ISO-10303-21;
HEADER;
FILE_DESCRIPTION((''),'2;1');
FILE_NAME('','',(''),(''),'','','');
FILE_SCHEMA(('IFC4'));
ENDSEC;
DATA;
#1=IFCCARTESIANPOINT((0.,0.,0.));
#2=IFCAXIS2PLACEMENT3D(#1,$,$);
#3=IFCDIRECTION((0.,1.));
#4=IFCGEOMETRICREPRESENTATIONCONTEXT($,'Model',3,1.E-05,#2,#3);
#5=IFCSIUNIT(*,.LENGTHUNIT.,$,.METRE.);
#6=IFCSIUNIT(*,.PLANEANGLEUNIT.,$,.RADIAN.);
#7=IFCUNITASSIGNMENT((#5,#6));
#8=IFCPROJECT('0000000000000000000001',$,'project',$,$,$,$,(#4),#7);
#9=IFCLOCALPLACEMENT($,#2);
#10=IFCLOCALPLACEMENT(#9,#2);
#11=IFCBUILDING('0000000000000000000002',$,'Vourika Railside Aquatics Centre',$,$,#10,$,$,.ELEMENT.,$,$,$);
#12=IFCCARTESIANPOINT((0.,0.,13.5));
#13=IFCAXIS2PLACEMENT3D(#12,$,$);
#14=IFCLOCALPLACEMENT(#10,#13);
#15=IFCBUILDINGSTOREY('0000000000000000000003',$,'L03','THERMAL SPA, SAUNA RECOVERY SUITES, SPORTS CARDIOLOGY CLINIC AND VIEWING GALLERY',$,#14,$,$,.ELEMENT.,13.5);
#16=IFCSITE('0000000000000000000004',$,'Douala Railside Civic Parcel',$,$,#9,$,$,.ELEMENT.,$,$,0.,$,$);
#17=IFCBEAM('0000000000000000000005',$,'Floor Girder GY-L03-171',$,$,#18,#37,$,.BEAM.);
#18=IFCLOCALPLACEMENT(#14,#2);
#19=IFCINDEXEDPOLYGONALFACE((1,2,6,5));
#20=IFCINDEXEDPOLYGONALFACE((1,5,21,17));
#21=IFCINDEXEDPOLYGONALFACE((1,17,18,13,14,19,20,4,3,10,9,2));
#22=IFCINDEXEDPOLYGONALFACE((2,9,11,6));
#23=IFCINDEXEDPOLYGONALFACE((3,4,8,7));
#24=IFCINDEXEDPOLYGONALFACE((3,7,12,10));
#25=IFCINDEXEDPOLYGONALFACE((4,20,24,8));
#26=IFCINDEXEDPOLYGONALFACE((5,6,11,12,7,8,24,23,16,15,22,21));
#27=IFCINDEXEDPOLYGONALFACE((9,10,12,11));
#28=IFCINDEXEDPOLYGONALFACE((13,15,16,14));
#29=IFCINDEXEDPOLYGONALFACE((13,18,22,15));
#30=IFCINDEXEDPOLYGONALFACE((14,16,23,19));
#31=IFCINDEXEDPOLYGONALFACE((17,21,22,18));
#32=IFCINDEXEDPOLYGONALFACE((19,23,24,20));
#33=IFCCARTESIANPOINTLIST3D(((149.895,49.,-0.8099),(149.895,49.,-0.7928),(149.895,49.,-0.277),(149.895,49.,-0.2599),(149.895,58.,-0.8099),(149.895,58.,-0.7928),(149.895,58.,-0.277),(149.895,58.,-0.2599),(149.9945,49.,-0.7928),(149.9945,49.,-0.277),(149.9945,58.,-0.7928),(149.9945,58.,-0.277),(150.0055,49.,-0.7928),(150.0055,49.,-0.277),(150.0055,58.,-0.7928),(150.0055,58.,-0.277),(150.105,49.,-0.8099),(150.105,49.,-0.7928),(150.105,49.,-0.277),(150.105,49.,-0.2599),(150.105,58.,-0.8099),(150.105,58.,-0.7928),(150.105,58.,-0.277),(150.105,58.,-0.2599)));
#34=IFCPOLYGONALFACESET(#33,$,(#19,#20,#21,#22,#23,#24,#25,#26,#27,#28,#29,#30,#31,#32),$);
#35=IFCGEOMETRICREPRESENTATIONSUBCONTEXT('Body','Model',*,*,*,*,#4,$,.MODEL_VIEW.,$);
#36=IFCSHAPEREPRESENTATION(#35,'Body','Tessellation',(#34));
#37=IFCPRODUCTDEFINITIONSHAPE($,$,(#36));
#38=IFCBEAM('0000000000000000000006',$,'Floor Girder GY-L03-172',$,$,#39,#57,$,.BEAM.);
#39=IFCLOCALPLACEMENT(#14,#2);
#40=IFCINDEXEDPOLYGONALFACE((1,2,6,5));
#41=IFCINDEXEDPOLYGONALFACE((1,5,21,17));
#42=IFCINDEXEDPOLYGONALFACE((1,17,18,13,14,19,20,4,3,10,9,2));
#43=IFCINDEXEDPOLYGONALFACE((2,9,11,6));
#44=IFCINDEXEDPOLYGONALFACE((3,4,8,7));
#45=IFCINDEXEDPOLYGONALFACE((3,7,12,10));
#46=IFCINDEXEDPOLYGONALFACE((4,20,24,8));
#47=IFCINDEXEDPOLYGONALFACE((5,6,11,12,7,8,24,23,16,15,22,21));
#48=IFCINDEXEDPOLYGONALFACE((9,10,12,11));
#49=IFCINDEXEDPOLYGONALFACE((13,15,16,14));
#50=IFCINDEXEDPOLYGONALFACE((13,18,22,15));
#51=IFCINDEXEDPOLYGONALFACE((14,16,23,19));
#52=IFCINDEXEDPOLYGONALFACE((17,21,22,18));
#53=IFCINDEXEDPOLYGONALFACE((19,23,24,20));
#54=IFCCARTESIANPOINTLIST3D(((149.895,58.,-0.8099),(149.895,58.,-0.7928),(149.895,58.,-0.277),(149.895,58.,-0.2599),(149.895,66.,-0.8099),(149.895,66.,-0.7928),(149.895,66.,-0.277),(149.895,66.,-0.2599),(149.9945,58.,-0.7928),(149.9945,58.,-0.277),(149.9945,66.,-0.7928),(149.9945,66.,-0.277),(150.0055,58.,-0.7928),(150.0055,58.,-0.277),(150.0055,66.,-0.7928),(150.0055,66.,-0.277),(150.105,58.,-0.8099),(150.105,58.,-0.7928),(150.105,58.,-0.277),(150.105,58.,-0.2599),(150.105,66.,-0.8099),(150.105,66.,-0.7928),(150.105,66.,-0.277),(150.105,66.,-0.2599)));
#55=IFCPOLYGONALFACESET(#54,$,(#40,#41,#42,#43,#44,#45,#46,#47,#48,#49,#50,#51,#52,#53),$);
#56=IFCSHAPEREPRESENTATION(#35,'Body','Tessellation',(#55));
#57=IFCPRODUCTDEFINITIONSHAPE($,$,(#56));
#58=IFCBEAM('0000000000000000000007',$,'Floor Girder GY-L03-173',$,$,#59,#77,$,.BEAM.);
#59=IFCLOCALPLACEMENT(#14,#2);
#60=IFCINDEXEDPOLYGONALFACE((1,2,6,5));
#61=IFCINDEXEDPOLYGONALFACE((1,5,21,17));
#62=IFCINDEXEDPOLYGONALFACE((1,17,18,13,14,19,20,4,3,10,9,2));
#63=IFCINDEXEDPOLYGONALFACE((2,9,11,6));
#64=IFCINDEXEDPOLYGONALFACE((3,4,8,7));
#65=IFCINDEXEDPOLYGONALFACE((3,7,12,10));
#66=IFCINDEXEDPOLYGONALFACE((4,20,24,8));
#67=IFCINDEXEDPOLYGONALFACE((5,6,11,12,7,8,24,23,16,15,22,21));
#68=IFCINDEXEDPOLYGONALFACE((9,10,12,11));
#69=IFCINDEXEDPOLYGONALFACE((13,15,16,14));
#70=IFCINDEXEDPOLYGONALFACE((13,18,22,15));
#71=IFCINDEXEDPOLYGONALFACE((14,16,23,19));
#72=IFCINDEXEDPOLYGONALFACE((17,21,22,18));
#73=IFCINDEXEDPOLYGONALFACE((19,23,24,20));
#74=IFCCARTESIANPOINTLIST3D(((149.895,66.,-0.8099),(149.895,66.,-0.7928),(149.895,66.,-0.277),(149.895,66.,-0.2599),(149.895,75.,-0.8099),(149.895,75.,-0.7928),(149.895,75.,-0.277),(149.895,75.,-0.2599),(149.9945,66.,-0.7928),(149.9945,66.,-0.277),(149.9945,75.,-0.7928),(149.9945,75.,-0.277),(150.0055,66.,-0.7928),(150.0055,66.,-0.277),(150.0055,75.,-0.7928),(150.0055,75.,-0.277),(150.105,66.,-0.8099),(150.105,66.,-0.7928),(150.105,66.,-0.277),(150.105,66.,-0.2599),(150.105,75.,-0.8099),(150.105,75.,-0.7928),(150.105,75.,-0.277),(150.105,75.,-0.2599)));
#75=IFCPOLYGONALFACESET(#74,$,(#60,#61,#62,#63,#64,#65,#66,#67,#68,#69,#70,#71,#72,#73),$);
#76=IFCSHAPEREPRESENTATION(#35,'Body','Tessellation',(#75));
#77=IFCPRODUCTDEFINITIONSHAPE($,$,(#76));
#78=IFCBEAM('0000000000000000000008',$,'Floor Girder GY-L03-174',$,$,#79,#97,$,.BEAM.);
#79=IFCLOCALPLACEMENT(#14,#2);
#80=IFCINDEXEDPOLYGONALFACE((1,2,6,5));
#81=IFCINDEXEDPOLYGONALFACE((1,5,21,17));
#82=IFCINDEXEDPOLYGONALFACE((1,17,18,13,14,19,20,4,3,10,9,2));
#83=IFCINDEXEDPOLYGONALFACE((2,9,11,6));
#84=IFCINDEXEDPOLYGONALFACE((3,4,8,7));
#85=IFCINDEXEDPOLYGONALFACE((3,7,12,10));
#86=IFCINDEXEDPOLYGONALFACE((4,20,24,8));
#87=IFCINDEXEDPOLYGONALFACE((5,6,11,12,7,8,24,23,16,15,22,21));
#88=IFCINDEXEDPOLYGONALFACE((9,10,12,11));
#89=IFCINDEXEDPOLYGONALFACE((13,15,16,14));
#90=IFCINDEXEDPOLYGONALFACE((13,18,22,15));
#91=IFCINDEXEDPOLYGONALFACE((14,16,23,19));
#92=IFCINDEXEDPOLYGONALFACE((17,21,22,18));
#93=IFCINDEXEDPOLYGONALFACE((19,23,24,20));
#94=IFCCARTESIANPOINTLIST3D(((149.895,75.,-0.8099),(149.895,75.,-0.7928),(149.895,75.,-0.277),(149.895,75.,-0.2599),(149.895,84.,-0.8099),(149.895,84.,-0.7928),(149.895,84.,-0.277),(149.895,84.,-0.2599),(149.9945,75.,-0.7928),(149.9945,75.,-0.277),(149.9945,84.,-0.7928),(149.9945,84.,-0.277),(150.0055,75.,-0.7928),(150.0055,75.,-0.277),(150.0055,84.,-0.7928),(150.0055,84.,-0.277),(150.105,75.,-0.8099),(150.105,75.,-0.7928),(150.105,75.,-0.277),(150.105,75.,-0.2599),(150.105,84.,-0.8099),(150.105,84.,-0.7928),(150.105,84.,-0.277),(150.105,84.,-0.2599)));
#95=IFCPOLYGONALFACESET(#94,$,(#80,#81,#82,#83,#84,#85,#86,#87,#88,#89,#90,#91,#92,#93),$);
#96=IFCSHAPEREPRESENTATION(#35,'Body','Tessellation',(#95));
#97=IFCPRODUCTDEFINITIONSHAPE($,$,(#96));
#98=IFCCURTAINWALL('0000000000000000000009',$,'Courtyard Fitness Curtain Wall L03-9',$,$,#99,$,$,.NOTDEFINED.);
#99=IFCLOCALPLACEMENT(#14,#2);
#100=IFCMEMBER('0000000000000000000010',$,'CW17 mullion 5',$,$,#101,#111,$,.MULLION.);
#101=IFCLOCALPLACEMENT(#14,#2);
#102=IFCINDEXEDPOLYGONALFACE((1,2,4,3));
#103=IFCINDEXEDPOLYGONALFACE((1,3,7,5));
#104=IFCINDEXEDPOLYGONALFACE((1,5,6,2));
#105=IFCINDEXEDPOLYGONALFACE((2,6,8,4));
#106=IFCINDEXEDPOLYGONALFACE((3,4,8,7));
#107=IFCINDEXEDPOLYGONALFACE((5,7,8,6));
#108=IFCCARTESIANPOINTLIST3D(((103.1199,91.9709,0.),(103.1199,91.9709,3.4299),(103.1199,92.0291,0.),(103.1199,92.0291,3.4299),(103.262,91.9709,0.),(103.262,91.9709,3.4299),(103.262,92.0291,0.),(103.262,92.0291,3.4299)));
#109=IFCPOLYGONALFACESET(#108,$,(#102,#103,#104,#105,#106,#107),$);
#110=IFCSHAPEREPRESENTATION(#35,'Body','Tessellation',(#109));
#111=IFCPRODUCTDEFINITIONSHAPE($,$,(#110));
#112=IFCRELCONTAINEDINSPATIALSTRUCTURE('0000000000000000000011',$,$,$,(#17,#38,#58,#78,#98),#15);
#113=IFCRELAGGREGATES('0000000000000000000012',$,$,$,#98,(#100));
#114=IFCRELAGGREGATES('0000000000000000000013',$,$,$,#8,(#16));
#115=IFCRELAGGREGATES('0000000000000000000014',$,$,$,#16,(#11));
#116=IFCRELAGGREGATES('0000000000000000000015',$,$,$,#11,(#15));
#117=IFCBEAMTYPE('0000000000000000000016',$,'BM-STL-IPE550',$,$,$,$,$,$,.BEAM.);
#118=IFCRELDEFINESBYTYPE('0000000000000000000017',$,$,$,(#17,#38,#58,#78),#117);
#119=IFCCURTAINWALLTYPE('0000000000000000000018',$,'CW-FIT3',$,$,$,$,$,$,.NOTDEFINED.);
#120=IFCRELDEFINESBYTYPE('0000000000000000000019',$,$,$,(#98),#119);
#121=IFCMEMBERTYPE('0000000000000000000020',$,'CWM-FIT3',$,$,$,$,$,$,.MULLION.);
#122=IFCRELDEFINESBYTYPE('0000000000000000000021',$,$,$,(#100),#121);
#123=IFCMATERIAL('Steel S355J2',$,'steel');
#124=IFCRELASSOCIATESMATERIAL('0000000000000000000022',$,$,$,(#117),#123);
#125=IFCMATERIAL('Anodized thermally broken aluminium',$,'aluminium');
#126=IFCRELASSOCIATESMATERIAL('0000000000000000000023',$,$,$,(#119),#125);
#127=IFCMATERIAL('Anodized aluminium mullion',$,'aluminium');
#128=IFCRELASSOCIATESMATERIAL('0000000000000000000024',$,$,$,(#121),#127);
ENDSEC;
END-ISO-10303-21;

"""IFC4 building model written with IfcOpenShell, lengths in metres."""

from ifc_helpers import new_model, si_unit, direction, frame, origin, origin_2d, place, context, subcontext, project, spatial, rectangle, i_section, extrude, material, material_profile, profile_set, type_object, element, aggregate, save


model = new_model("IFC4")

# Units and contexts
model_context = context("Model", 3, precision=1e-05, world=origin(), true_north=direction((0.0, 1.0)))
body_context = subcontext(model_context, "Body", "Model", "MODEL_VIEW")
ifc_project = project(units=[si_unit("LENGTHUNIT", "METRE"), si_unit("PLANEANGLEUNIT", "RADIAN")], contexts=[model_context])

# Site, building, storey
site_placement = place(None, origin())
site = spatial("IfcSite", under=ifc_project, at=site_placement, Name="Douala Railside Civic Parcel", CompositionType="ELEMENT", RefElevation=0.0)
building_placement = place(site_placement, origin())
building = spatial("IfcBuilding", under=site, at=building_placement, Name="Vourika Railside Aquatics Centre", CompositionType="ELEMENT")
storey_placement = place(building_placement, frame((0.0, 0.0, 13.5)))
storey = spatial("IfcBuildingStorey", under=building, at=storey_placement, Name="L03", Description="THERMAL SPA, SAUNA RECOVERY SUITES, SPORTS CARDIOLOGY CLINIC AND VIEWING GALLERY", CompositionType="ELEMENT", Elevation=13.5)

# Beams
ifc_material_1 = material(Name="Steel S355J2", Category="steel")
ifc_material_profile_1 = material_profile(ifc_material_1, i_section(OverallWidth=0.21, OverallDepth=0.55, WebThickness=0.011, FlangeThickness=0.0171, at=origin_2d()), Name="IPE 550")
ifc_profile_set_1 = profile_set([ifc_material_profile_1], Name="Steel S355J2")
beam_type_1 = type_object("IfcBeamType", Name="BM-STL-IPE550", PredefinedType="BEAM", material=ifc_profile_set_1)
for number, where, z_axis, x_axis, name in (
    (1, (150.0, 49.0, -0.5349), (0.0, 1.0, 0.0), (-1.0, 0.0, 0.0), "Floor Girder GY-L03-171"),
):
    element("IfcBeam", number, at=place(storey_placement, frame(where, z_axis=z_axis, x_axis=x_axis)), inside=storey, type_object=beam_type_1, Name=name, PredefinedType="BEAM", context=body_context, shape_type="SweptSolid", body=[
        extrude(i_section(OverallWidth=0.21, OverallDepth=0.55, WebThickness=0.011, FlangeThickness=0.0171, at=origin_2d()), origin(), (0.0, 0.0, 1.0), 9.0),
    ])
beam_1_placement = place(storey_placement, frame((150.0, 58.0, -0.5349), z_axis=(0.0, 1.0, 0.0), x_axis=(-1.0, 0.0, 0.0)))
element("IfcBeam", 2, at=beam_1_placement, inside=storey, type_object=beam_type_1, Name="Floor Girder GY-L03-172", PredefinedType="BEAM", context=body_context, shape_type="SweptSolid", body=[
    extrude(i_section(OverallWidth=0.21, OverallDepth=0.55, WebThickness=0.011, FlangeThickness=0.0171, at=origin_2d()), origin(), (0.0, 0.0, 1.0), 8.0),
])
for number, where, z_axis, x_axis, name in (
    (3, (150.0, 66.0, -0.5349), (0.0, 1.0, 0.0), (-1.0, 0.0, 0.0), "Floor Girder GY-L03-173"),
    (4, (150.0, 75.0, -0.5349), (0.0, 1.0, 0.0), (-1.0, 0.0, 0.0), "Floor Girder GY-L03-174"),
):
    element("IfcBeam", number, at=place(storey_placement, frame(where, z_axis=z_axis, x_axis=x_axis)), inside=storey, type_object=beam_type_1, Name=name, PredefinedType="BEAM", context=body_context, shape_type="SweptSolid", body=[
        extrude(i_section(OverallWidth=0.21, OverallDepth=0.55, WebThickness=0.011, FlangeThickness=0.0171, at=origin_2d()), origin(), (0.0, 0.0, 1.0), 9.0),
    ])

# Curtain wall, member
ifc_material_2 = material(Name="Anodized thermally broken aluminium", Category="aluminium")
curtain_wall_type = type_object("IfcCurtainWallType", Name="CW-FIT3", PredefinedType="NOTDEFINED", material=ifc_material_2)
curtain_wall_placement = place(storey_placement, origin())
curtain_wall = element("IfcCurtainWall", 5, at=curtain_wall_placement, inside=storey, type_object=curtain_wall_type, Name="Courtyard Fitness Curtain Wall L03-9", PredefinedType="NOTDEFINED")
ifc_material_3 = material(Name="Anodized aluminium mullion", Category="aluminium")
ifc_material_profile_2 = material_profile(ifc_material_3, rectangle(XDim=0.0581, YDim=0.1421, at=origin_2d()), Name="ALU-M 58x142")
ifc_profile_set_2 = profile_set([ifc_material_profile_2], Name="Anodized aluminium mullion")
member_type = type_object("IfcMemberType", Name="CWM-FIT3", PredefinedType="MULLION", material=ifc_profile_set_2)
member_placement = place(storey_placement, frame((103.1909, 92.0, 0.0), z_axis=(0.0, 0.0, 1.0), x_axis=(0.0, 1.0, 0.0)))
member = element("IfcMember", 6, at=member_placement, type_object=member_type, Name="CW17 mullion 5", PredefinedType="MULLION", context=body_context, shape_type="SweptSolid", body=[
    extrude(rectangle(XDim=0.0581, YDim=0.1421, at=origin_2d()), origin(), (0.0, 0.0, 1.0), 3.4299),
])
aggregate(curtain_wall, [member])

save(model, "model.ifc")
